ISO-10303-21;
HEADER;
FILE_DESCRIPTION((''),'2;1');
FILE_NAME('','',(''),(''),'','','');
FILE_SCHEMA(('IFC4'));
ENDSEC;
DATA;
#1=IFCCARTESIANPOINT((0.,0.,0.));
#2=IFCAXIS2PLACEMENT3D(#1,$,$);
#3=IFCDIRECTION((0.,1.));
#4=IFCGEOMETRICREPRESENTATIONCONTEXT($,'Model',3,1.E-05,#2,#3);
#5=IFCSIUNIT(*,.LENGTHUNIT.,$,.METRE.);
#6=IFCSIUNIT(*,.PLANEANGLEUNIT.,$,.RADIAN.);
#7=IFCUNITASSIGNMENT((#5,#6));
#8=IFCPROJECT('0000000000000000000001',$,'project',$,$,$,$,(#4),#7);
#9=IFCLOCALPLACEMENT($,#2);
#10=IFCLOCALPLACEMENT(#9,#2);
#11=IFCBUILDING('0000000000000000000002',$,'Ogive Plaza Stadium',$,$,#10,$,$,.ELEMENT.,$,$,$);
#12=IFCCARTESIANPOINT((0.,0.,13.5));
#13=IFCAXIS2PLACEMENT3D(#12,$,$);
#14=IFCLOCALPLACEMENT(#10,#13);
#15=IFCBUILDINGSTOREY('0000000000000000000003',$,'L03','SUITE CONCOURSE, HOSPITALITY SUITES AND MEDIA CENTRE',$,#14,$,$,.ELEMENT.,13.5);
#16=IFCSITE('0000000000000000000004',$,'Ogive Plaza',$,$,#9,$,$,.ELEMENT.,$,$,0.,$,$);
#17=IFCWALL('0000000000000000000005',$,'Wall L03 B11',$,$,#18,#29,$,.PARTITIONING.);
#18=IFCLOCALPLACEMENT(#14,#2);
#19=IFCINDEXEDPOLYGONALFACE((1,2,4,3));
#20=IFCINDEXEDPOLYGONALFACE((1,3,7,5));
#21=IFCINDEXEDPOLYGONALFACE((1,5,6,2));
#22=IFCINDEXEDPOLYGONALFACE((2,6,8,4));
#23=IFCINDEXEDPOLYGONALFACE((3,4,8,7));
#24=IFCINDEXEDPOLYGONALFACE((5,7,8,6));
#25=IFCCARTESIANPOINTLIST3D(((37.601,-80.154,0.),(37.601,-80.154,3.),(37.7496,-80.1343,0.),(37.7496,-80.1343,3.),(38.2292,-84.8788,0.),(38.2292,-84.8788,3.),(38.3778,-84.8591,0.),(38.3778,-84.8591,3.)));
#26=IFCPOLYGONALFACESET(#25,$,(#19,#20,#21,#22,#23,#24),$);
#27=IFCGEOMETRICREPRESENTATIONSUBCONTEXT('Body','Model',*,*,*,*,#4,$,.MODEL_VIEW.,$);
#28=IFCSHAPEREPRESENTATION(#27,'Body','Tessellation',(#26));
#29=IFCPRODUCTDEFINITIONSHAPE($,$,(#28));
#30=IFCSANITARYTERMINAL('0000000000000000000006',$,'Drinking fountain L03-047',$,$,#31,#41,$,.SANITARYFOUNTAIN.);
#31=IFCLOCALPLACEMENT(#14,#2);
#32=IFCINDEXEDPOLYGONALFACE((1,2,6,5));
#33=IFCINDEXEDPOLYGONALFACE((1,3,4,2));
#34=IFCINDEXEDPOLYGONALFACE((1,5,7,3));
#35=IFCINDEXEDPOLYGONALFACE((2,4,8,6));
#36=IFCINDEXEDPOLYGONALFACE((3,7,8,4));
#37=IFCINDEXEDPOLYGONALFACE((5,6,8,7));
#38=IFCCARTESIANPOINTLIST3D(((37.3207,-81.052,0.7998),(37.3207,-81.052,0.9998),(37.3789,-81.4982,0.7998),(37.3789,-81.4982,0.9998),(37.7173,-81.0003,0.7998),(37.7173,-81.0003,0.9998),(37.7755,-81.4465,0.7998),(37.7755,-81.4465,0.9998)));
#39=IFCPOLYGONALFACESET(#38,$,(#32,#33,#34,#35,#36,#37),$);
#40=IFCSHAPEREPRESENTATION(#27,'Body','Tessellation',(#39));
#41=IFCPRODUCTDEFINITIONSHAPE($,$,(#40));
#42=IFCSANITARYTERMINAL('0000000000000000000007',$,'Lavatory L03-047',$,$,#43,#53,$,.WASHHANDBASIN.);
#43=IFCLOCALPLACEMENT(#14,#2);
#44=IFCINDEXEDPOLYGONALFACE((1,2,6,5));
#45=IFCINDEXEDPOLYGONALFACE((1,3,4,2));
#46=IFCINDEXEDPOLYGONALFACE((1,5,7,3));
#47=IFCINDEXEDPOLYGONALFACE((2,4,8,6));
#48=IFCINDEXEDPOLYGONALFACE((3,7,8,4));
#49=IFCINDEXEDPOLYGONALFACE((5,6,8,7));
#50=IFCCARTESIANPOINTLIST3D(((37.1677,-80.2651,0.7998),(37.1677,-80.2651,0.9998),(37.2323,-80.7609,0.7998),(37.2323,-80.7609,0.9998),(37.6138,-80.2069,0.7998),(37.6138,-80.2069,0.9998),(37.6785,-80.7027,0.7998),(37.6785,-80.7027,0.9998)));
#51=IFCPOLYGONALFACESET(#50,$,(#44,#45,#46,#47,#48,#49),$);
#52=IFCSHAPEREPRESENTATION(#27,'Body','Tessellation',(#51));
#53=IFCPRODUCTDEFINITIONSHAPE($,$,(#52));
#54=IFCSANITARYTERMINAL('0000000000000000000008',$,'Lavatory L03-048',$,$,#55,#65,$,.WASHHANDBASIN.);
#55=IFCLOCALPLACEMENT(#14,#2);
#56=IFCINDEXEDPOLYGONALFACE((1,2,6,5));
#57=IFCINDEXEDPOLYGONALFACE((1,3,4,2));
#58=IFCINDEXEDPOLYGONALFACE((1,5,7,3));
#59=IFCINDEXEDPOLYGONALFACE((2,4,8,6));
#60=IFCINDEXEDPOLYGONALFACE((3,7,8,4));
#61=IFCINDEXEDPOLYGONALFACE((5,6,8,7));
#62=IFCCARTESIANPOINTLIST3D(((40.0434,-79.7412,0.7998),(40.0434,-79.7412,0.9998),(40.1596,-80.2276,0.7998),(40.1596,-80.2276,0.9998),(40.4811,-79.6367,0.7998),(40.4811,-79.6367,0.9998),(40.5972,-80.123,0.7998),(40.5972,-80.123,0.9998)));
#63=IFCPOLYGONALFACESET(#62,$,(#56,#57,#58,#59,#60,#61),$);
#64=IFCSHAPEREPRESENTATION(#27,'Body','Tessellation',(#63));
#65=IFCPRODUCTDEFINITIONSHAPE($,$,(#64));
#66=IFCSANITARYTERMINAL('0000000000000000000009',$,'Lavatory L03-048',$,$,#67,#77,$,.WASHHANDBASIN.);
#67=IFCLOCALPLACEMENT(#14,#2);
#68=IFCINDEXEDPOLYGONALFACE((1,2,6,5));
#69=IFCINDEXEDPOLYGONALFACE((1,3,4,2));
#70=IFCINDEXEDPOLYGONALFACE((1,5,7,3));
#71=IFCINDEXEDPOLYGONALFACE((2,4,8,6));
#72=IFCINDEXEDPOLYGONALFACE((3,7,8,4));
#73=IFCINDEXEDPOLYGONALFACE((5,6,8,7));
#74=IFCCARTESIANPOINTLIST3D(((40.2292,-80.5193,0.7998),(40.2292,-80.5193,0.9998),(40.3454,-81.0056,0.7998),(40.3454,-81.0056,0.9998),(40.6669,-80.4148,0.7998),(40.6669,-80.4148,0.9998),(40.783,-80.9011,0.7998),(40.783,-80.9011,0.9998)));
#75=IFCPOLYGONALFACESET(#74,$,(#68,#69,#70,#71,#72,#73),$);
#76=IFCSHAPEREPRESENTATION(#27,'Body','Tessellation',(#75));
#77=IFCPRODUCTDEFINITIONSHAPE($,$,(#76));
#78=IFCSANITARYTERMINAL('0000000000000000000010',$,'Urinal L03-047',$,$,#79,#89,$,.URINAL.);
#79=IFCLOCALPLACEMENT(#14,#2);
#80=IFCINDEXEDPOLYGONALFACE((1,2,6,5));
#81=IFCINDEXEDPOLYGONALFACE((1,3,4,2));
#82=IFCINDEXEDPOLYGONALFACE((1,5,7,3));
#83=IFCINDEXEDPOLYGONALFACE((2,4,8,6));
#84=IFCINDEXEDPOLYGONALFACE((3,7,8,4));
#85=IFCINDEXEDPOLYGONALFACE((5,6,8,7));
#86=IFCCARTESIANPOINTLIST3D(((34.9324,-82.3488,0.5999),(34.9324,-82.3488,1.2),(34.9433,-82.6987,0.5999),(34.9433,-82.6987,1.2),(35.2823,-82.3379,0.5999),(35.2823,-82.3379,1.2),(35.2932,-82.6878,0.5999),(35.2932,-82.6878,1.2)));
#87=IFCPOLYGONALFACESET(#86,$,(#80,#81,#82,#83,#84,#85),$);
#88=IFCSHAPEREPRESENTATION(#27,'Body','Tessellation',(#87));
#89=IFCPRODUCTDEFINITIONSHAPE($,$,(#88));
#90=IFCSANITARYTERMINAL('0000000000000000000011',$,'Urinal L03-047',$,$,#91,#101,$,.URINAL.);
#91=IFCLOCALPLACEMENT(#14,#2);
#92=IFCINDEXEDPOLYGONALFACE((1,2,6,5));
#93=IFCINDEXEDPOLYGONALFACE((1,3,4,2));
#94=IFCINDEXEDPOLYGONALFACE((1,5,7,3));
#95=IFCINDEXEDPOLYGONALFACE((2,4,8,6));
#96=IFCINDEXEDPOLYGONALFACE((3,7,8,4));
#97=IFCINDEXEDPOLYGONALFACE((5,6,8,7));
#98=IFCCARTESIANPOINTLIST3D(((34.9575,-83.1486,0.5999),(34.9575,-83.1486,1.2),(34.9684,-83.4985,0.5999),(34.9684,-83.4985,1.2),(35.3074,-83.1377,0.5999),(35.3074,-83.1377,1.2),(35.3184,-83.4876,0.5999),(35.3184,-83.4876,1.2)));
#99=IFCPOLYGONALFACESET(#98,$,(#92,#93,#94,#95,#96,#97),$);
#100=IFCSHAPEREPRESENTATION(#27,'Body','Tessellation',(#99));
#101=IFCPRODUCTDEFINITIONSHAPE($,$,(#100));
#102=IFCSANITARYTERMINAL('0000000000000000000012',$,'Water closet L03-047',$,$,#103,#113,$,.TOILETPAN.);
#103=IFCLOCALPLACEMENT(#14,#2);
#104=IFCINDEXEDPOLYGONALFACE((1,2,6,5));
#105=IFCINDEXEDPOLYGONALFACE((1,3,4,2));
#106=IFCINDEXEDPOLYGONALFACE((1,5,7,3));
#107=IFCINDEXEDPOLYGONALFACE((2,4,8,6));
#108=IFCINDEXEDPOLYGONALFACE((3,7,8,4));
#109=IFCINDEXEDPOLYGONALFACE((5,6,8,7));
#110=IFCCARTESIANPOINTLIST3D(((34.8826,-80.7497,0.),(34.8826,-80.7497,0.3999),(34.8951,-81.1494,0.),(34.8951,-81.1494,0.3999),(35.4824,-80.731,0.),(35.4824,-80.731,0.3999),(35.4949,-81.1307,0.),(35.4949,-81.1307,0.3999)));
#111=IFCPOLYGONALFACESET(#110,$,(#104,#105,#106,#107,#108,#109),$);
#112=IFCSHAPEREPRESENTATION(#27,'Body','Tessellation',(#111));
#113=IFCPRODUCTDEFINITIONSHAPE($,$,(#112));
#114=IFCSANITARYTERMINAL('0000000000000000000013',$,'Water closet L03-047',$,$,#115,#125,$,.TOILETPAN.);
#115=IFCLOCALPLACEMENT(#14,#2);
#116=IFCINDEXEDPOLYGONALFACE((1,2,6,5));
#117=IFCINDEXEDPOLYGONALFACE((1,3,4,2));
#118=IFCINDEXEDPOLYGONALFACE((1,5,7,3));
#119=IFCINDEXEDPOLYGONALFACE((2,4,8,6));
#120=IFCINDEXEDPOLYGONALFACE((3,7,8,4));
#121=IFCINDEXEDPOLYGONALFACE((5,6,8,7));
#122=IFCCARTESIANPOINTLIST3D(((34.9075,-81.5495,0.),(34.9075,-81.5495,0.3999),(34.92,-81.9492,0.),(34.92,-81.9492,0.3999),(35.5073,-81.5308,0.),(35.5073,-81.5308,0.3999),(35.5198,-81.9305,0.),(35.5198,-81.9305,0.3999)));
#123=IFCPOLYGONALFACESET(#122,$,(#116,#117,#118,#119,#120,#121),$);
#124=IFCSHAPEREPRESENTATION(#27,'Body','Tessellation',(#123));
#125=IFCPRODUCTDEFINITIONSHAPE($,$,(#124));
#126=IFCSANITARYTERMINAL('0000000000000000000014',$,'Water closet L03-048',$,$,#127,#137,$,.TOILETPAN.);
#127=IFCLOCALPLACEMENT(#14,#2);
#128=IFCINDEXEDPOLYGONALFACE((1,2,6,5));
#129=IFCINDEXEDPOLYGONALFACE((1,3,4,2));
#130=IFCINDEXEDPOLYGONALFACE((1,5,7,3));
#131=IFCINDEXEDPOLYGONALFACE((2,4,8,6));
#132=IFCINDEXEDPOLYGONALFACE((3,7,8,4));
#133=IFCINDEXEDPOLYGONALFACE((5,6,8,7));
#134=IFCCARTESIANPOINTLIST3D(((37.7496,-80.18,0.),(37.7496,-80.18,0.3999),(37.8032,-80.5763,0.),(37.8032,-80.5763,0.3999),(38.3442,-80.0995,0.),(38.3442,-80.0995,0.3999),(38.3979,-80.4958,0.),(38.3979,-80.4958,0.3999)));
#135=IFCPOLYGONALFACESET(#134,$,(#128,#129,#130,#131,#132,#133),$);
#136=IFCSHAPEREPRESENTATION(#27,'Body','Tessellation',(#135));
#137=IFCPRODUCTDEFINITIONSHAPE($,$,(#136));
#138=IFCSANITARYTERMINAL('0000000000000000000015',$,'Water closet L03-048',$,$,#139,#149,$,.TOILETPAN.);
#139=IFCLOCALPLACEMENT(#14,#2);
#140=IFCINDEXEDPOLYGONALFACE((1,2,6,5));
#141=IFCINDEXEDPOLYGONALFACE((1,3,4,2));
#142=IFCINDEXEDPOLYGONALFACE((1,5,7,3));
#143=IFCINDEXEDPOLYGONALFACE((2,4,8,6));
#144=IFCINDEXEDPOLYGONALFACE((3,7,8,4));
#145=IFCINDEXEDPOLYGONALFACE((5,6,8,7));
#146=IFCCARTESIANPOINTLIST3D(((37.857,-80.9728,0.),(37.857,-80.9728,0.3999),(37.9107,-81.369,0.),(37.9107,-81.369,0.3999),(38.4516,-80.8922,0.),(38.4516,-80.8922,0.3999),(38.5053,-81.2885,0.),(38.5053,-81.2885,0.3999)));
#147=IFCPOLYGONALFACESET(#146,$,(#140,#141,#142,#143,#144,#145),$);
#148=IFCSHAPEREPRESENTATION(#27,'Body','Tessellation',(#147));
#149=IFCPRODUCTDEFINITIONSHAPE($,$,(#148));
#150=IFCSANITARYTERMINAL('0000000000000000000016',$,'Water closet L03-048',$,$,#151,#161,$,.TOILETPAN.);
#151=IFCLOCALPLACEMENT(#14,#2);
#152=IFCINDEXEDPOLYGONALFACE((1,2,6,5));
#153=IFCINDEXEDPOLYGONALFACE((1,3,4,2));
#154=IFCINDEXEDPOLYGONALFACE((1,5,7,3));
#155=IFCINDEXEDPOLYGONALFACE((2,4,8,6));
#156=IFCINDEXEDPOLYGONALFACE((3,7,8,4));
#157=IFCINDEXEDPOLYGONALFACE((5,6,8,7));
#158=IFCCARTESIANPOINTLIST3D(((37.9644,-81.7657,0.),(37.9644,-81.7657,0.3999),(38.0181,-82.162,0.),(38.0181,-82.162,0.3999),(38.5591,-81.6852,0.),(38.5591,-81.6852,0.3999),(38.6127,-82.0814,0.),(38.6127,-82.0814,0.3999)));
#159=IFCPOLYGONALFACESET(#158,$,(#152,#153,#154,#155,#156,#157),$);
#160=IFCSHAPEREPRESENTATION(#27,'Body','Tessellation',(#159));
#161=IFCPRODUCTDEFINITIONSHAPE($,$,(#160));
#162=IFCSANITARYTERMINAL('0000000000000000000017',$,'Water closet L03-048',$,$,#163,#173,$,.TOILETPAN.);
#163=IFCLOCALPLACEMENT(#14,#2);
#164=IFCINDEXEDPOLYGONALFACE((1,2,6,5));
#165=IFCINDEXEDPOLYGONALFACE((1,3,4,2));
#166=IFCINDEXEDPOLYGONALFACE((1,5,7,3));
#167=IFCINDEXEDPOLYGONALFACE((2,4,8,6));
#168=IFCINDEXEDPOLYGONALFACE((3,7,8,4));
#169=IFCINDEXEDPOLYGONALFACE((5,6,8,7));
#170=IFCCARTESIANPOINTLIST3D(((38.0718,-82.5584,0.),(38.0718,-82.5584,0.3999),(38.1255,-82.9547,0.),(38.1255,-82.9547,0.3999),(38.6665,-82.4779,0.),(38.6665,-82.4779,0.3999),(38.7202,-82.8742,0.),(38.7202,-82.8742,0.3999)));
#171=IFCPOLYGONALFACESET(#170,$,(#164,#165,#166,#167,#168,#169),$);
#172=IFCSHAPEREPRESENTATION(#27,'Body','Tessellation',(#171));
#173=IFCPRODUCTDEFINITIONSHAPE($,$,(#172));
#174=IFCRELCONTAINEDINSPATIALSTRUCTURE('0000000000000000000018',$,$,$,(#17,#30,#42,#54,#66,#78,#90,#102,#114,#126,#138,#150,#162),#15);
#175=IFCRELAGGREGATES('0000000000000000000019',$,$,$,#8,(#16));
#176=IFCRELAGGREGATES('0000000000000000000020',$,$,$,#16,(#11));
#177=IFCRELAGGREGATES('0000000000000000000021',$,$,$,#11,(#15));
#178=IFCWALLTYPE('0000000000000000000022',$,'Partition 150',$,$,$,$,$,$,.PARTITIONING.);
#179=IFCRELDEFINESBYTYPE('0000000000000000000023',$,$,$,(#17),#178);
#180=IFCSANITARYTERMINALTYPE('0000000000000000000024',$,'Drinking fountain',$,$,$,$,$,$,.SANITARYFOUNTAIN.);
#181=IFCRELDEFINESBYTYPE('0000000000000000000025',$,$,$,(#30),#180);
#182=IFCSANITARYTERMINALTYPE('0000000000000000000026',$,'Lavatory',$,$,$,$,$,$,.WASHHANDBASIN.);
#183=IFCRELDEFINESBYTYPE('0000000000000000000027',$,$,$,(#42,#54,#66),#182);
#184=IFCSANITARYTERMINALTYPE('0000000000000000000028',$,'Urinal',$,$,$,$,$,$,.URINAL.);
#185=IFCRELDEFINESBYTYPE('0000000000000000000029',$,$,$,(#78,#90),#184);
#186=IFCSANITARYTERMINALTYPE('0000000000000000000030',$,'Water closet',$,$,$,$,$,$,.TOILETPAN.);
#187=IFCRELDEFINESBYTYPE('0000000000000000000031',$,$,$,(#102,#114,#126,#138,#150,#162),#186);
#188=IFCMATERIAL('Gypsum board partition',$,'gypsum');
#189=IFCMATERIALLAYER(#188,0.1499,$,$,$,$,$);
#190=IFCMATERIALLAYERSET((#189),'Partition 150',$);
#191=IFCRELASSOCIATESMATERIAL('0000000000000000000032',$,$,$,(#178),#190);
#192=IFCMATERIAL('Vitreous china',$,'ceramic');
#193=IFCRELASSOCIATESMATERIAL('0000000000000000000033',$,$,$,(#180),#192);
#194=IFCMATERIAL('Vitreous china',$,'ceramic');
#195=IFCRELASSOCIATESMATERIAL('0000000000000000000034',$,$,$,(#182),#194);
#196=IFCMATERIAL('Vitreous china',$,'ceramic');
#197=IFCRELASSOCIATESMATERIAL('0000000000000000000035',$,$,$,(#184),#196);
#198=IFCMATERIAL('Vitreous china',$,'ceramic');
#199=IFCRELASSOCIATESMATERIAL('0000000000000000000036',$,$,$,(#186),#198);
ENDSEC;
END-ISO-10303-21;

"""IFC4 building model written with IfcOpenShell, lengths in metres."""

from ifc_helpers import new_model, si_unit, direction, frame, frame_2d, origin, origin_2d, place, context, subcontext, project, spatial, rectangle, extrude, material, layer, layer_set, type_object, element, save


model = new_model("IFC4")

# Units and contexts
model_context = context("Model", 3, precision=1e-05, world=origin(), true_north=direction((0.0, 1.0)))
body_context = subcontext(model_context, "Body", "Model", "MODEL_VIEW")
ifc_project = project(units=[si_unit("LENGTHUNIT", "METRE"), si_unit("PLANEANGLEUNIT", "RADIAN")], contexts=[model_context])

# Site, building, storey
site_placement = place(None, origin())
site = spatial("IfcSite", under=ifc_project, at=site_placement, Name="Ogive Plaza", CompositionType="ELEMENT", RefElevation=0.0)
building_placement = place(site_placement, origin())
building = spatial("IfcBuilding", under=site, at=building_placement, Name="Ogive Plaza Stadium", CompositionType="ELEMENT")
storey_placement = place(building_placement, frame((0.0, 0.0, 13.5)))
storey = spatial("IfcBuildingStorey", under=building, at=storey_placement, Name="L03", Description="SUITE CONCOURSE, HOSPITALITY SUITES AND MEDIA CENTRE", CompositionType="ELEMENT", Elevation=13.5)

# Wall
ifc_material_1 = material(Name="Gypsum board partition", Category="gypsum")
ifc_layer_1 = layer(ifc_material_1, 0.1499)
ifc_layer_set_1 = layer_set([ifc_layer_1], Name="Partition 150")
wall_type = type_object("IfcWallType", Name="Partition 150", PredefinedType="PARTITIONING", material=ifc_layer_set_1)
wall_placement = place(storey_placement, frame((37.6753, -80.144, 0.0), z_axis=(0.0, 0.0, 1.0), x_axis=(0.131791, -0.991277, 0.0)))
element("IfcWall", 1, at=wall_placement, inside=storey, type_object=wall_type, Name="Wall L03 B11", PredefinedType="PARTITIONING", context=body_context, shape_type="SweptSolid", body=[
    extrude(rectangle(XDim=4.7664, YDim=0.1499, at=frame_2d((2.3833, 0.0))), origin(), (0.0, 0.0, 1.0), 3.0),
])

# Sanitary terminals
ifc_material_2 = material(Name="Vitreous china", Category="ceramic")
sanitary_terminal_type_1 = type_object("IfcSanitaryTerminalType", Name="Drinking fountain", PredefinedType="SANITARYFOUNTAIN", material=ifc_material_2)
sanitary_terminal_placement = place(storey_placement, frame((37.5481, -81.2493, 0.7998), z_axis=(0.0, 0.0, 1.0), x_axis=(0.129337, -0.991601, 0.0)))
element("IfcSanitaryTerminal", 2, at=sanitary_terminal_placement, inside=storey, type_object=sanitary_terminal_type_1, Name="Drinking fountain L03-047", PredefinedType="SANITARYFOUNTAIN", context=body_context, shape_type="SweptSolid", body=[
    extrude(rectangle(XDim=0.45, YDim=0.3999, at=origin_2d()), origin(), (0.0, 0.0, 1.0), 0.2),
])
ifc_material_3 = material(Name="Vitreous china", Category="ceramic")
sanitary_terminal_type_2 = type_object("IfcSanitaryTerminalType", Name="Lavatory", PredefinedType="WASHHANDBASIN", material=ifc_material_3)
for number, where, z_axis, x_axis, name in (
    (3, (37.4231, -80.4839, 0.7998), (0.0, 0.0, 1.0), (0.129337, -0.991601, 0.0), "Lavatory L03-047"),
    (4, (40.3203, -79.9321, 0.7998), (0.0, 0.0, 1.0), (0.232295, -0.972645, 0.0), "Lavatory L03-048"),
    (5, (40.5061, -80.7102, 0.7998), (0.0, 0.0, 1.0), (0.232295, -0.972645, 0.0), "Lavatory L03-048"),
):
    element("IfcSanitaryTerminal", number, at=place(storey_placement, frame(where, z_axis=z_axis, x_axis=x_axis)), inside=storey, type_object=sanitary_terminal_type_2, Name=name, PredefinedType="WASHHANDBASIN", context=body_context, shape_type="SweptSolid", body=[
        extrude(rectangle(XDim=0.5, YDim=0.45, at=origin_2d()), origin(), (0.0, 0.0, 1.0), 0.2),
    ])
ifc_material_4 = material(Name="Vitreous china", Category="ceramic")
sanitary_terminal_type_3 = type_object("IfcSanitaryTerminalType", Name="Urinal", PredefinedType="URINAL", material=ifc_material_4)
for number, where, z_axis, x_axis, name in (
    (6, (35.1128, -82.5183, 0.5999), (0.0, 0.0, 1.0), (0.031226, -0.999512, 0.0), "Urinal L03-047"),
    (7, (35.1379, -83.3181, 0.5999), (0.0, 0.0, 1.0), (0.031226, -0.999512, 0.0), "Urinal L03-047"),
):
    element("IfcSanitaryTerminal", number, at=place(storey_placement, frame(where, z_axis=z_axis, x_axis=x_axis)), inside=storey, type_object=sanitary_terminal_type_3, Name=name, PredefinedType="URINAL", context=body_context, shape_type="SweptSolid", body=[
        extrude(rectangle(XDim=0.3501, YDim=0.3501, at=origin_2d()), origin(), (0.0, 0.0, 1.0), 0.6001),
    ])
ifc_material_5 = material(Name="Vitreous china", Category="ceramic")
sanitary_terminal_type_4 = type_object("IfcSanitaryTerminalType", Name="Water closet", PredefinedType="TOILETPAN", material=ifc_material_5)
for number, where, z_axis, x_axis, name in (
    (8, (35.1887, -80.9402, 0.0), (0.0, 0.0, 1.0), (0.031226, -0.999512, 0.0), "Water closet L03-047"),
    (9, (35.2136, -81.74, 0.0), (0.0, 0.0, 1.0), (0.031226, -0.999512, 0.0), "Water closet L03-047"),
    (10, (38.0737, -80.3379, 0.0), (0.0, 0.0, 1.0), (0.134239, -0.990949, 0.0), "Water closet L03-048"),
    (11, (38.1812, -81.1306, 0.0), (0.0, 0.0, 1.0), (0.134239, -0.990949, 0.0), "Water closet L03-048"),
    (12, (38.2886, -81.9236, 0.0), (0.0, 0.0, 1.0), (0.134239, -0.990949, 0.0), "Water closet L03-048"),
    (13, (38.396, -82.7163, 0.0), (0.0, 0.0, 1.0), (0.134239, -0.990949, 0.0), "Water closet L03-048"),
):
    element("IfcSanitaryTerminal", number, at=place(storey_placement, frame(where, z_axis=z_axis, x_axis=x_axis)), inside=storey, type_object=sanitary_terminal_type_4, Name=name, PredefinedType="TOILETPAN", context=body_context, shape_type="SweptSolid", body=[
        extrude(rectangle(XDim=0.3999, YDim=0.6001, at=origin_2d()), origin(), (0.0, 0.0, 1.0), 0.3999),
    ])

save(model, "model.ifc")
